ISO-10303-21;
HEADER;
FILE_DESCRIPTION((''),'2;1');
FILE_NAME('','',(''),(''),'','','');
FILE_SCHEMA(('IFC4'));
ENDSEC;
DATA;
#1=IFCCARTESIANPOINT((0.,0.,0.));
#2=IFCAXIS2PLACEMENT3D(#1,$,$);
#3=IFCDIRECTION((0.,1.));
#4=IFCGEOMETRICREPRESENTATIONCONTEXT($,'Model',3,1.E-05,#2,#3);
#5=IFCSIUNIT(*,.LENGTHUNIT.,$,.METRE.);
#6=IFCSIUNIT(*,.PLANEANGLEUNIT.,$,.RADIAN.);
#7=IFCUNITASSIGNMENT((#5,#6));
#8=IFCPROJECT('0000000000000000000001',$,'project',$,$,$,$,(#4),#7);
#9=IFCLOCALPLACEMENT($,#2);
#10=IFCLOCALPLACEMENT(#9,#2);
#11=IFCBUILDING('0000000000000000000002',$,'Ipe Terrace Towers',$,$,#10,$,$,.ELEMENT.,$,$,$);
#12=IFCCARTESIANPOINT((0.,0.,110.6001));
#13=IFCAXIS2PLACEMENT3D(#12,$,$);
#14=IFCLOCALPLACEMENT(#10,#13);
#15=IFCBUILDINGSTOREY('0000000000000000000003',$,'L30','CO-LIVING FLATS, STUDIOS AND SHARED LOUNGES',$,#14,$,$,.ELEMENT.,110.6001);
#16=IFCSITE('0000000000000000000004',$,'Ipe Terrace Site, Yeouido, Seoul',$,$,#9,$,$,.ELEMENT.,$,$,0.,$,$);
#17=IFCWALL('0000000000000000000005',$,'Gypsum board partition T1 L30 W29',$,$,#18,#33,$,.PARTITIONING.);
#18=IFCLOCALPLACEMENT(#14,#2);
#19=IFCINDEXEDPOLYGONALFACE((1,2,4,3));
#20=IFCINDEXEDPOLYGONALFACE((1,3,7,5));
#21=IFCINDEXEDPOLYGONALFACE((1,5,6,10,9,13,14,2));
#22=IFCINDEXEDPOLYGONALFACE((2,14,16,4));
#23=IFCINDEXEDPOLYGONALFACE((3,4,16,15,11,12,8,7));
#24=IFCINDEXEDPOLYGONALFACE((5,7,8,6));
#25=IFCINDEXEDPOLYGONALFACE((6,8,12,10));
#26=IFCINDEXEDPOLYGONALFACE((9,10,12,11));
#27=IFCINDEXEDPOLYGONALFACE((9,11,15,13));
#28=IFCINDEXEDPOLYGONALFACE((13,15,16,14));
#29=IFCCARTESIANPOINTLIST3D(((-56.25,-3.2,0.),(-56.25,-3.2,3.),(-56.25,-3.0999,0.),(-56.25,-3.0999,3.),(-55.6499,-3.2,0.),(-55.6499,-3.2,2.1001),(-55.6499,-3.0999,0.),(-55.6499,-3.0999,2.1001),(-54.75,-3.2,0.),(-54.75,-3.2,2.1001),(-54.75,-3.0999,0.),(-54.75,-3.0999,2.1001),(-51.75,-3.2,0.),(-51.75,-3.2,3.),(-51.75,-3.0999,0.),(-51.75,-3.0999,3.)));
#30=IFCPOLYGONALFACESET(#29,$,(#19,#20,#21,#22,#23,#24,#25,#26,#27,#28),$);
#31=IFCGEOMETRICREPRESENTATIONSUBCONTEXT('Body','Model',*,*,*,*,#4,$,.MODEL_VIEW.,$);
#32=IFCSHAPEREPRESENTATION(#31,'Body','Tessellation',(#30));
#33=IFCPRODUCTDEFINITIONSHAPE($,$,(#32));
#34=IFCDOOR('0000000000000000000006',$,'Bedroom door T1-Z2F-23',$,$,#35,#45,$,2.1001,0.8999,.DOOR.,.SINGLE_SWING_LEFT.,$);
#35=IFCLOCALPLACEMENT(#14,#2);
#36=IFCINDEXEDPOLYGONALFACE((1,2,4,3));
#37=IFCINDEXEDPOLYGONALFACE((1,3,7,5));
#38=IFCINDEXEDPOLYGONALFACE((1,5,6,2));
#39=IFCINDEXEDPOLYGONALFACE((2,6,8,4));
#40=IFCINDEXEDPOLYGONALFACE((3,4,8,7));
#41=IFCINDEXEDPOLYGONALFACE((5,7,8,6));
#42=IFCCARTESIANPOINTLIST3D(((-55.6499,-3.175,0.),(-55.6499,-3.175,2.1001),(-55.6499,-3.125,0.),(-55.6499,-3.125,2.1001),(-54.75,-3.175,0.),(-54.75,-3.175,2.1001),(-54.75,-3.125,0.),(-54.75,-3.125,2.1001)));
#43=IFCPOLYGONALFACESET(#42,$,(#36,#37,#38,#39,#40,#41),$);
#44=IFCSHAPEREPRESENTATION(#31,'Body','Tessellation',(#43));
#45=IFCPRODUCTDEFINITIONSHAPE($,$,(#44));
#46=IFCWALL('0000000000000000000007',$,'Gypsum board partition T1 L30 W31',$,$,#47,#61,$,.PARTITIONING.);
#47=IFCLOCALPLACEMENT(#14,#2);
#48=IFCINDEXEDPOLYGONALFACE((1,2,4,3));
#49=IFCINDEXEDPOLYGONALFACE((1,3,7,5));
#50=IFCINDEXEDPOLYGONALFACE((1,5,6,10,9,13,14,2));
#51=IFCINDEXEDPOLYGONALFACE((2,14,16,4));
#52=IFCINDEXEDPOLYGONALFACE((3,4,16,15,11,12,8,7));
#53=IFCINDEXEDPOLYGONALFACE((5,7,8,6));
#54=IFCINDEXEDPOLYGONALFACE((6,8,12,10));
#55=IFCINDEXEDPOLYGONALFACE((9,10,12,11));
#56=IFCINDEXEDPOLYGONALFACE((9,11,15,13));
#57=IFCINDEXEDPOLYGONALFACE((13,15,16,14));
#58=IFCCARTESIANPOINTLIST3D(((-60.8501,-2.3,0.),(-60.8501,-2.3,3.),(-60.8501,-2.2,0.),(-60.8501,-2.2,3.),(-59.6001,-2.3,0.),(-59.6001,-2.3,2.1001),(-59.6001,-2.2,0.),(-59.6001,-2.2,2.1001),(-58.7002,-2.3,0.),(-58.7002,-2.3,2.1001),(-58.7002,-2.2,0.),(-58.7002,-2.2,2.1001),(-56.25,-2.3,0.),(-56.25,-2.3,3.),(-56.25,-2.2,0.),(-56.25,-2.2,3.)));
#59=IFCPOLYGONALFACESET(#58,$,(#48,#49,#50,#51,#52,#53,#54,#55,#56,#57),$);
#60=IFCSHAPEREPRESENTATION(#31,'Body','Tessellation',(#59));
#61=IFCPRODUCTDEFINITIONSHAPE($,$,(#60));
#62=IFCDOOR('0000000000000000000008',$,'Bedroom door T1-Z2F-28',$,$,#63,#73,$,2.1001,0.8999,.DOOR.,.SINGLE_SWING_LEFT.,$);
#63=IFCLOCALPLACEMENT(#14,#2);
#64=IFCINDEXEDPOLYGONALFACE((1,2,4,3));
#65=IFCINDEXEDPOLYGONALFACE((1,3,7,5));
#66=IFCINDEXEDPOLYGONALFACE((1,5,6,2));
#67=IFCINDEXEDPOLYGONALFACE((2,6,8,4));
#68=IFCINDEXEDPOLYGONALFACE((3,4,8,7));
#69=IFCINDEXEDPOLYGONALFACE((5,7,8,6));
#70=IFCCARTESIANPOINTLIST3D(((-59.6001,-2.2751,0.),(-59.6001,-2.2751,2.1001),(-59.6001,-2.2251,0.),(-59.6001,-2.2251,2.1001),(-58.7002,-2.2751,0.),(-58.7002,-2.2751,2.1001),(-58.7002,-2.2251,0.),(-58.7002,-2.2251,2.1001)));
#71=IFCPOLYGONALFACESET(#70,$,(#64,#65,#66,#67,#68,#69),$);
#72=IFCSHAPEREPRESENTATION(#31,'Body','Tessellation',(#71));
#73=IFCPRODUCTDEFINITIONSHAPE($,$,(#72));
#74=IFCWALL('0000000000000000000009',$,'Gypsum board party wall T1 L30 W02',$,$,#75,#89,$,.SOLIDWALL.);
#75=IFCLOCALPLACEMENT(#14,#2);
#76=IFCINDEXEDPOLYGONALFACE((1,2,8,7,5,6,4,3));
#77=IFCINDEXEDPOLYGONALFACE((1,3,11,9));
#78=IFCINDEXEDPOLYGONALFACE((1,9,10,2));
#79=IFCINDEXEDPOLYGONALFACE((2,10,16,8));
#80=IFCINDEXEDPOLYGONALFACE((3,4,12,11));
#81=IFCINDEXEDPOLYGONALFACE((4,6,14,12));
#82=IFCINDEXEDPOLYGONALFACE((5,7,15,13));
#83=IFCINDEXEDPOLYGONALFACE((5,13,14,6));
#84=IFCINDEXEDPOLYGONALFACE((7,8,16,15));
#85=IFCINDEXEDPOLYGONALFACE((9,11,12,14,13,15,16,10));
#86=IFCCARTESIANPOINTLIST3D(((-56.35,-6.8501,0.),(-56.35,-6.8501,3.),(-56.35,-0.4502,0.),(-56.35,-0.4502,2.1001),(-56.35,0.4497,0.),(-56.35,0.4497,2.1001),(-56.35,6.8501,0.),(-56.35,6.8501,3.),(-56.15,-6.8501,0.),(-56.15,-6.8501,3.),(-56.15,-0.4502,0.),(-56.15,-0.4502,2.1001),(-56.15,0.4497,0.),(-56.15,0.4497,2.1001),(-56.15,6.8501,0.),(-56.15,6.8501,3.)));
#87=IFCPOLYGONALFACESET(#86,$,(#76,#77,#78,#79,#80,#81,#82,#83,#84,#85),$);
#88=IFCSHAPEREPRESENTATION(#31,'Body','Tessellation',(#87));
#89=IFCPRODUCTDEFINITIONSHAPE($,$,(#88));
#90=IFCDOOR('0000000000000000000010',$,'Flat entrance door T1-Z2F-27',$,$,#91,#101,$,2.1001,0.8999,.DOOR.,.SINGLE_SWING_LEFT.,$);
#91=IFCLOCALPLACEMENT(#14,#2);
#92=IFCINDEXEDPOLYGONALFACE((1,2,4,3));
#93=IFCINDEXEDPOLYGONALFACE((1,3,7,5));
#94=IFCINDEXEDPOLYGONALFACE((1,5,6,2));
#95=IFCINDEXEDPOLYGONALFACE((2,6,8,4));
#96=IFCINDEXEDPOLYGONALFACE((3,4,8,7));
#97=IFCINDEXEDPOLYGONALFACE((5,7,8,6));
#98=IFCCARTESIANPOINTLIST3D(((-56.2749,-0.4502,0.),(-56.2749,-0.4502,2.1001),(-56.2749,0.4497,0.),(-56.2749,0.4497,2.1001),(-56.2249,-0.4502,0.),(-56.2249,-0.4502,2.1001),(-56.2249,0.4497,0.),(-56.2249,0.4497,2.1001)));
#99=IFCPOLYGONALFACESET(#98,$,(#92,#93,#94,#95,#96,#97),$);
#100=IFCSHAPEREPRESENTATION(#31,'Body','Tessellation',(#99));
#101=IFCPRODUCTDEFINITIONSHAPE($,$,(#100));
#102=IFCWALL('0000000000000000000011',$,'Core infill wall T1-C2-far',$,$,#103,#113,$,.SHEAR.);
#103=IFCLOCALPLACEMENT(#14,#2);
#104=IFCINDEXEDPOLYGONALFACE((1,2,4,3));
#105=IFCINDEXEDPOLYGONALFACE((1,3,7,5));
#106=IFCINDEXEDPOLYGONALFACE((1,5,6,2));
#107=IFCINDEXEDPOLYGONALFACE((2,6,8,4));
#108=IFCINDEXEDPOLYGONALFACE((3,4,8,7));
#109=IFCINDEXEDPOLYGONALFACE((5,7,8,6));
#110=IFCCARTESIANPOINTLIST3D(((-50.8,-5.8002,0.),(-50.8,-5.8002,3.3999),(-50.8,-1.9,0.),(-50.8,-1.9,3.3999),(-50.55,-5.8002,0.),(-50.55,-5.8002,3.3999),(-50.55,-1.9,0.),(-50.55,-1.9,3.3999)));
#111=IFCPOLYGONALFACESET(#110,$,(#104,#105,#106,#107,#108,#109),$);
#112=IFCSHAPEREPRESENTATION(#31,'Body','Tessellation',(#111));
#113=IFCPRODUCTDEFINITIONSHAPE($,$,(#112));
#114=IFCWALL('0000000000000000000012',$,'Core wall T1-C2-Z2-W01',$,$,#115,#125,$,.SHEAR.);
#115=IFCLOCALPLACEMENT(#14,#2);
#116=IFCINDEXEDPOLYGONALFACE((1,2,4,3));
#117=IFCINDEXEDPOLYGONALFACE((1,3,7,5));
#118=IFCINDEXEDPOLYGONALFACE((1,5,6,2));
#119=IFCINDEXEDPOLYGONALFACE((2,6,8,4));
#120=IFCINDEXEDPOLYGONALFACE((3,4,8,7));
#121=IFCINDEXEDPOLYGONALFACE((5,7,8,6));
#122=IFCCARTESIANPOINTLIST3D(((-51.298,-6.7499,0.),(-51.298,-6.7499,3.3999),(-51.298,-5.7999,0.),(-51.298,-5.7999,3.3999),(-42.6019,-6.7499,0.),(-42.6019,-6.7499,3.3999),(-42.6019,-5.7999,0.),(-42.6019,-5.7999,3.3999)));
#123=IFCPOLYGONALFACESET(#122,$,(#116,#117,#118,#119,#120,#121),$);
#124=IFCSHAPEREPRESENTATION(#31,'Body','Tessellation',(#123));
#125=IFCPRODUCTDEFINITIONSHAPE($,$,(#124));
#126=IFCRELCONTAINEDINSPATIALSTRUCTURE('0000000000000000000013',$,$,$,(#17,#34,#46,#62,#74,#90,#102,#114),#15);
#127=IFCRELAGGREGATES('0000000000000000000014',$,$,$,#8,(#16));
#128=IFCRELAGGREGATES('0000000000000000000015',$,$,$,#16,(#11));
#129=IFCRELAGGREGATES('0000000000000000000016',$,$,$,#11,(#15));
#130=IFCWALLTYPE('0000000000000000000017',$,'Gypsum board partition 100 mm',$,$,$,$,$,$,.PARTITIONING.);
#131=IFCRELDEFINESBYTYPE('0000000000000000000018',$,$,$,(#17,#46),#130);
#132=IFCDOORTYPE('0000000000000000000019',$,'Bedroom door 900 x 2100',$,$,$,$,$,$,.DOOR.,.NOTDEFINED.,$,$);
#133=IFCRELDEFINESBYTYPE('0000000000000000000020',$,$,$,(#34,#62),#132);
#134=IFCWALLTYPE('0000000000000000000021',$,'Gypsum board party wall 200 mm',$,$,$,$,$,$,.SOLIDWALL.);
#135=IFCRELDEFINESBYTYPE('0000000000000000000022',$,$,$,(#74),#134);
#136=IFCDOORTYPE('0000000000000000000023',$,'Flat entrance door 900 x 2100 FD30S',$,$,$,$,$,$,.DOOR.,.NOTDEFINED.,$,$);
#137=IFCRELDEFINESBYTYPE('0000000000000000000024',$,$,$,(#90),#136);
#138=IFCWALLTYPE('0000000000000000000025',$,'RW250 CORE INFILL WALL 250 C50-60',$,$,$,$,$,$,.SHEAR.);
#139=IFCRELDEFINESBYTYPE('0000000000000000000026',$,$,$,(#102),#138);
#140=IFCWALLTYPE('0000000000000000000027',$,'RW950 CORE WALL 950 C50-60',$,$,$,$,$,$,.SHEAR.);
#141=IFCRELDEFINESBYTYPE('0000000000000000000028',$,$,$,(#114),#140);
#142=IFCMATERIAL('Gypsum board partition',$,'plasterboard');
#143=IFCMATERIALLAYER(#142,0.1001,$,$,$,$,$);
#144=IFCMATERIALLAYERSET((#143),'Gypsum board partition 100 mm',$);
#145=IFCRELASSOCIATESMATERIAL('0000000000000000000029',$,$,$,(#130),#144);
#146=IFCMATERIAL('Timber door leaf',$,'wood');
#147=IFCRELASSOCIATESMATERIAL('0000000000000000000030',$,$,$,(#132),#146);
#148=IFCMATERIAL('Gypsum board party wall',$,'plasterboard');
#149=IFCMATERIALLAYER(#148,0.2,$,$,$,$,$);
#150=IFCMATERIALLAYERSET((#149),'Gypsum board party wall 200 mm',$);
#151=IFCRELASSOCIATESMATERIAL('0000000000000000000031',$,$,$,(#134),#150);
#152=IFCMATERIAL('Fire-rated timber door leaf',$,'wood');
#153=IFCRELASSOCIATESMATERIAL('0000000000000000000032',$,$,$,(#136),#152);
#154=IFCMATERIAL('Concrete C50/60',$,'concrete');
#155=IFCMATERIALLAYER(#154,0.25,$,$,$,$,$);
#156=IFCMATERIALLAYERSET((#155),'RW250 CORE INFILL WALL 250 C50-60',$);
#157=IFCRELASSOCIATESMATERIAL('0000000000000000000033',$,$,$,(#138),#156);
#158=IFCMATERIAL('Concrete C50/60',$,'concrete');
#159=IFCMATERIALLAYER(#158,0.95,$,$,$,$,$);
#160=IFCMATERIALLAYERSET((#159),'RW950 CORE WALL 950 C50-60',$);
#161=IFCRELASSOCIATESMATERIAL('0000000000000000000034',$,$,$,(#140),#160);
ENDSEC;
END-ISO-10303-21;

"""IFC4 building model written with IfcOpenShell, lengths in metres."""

from ifc_helpers import new_model, si_unit, direction, frame, frame_2d, origin, place, context, subcontext, project, spatial, rectangle, extrude, material, layer, layer_set, type_object, element, fill, save


model = new_model("IFC4")

# Units and contexts
model_context = context("Model", 3, precision=1e-05, world=origin(), true_north=direction((0.0, 1.0)))
body_context = subcontext(model_context, "Body", "Model", "MODEL_VIEW")
ifc_project = project(units=[si_unit("LENGTHUNIT", "METRE"), si_unit("PLANEANGLEUNIT", "RADIAN")], contexts=[model_context])

# Site, building, storey
site_placement = place(None, origin())
site = spatial("IfcSite", under=ifc_project, at=site_placement, Name="Ipe Terrace Site, Yeouido, Seoul", CompositionType="ELEMENT", RefElevation=0.0)
building_placement = place(site_placement, origin())
building = spatial("IfcBuilding", under=site, at=building_placement, Name="Ipe Terrace Towers", CompositionType="ELEMENT")
storey_placement = place(building_placement, frame((0.0, 0.0, 110.6001)))
storey = spatial("IfcBuildingStorey", under=building, at=storey_placement, Name="L30", Description="CO-LIVING FLATS, STUDIOS AND SHARED LOUNGES", CompositionType="ELEMENT", Elevation=110.6001)

# Shared definitions
ifc_material_1 = material(Name="Gypsum board partition", Category="plasterboard")
ifc_layer_1 = layer(ifc_material_1, 0.1001)
ifc_layer_set_1 = layer_set([ifc_layer_1], Name="Gypsum board partition 100 mm")
wall_type_1 = type_object("IfcWallType", Name="Gypsum board partition 100 mm", PredefinedType="PARTITIONING", material=ifc_layer_set_1)

# Walls, openings, doors
wall_1_placement = place(storey_placement, frame((-56.25, -3.1499, 0.0), z_axis=(0.0, 0.0, 1.0), x_axis=(1.0, 0.0, 0.0)))
wall_1 = element("IfcWall", 1, at=wall_1_placement, inside=storey, type_object=wall_type_1, Name="Gypsum board partition T1 L30 W29", PredefinedType="PARTITIONING", context=body_context, shape_type="SweptSolid", body=[
    extrude(rectangle(XDim=4.5, YDim=0.1001, at=frame_2d((2.25, 0.0))), origin(), (0.0, 0.0, 1.0), 3.0),
])
opening_1_placement = place(wall_1_placement, frame((0.6001, 0.0, 0.0)))
opening_1 = element("IfcOpeningElement", 2, at=opening_1_placement, cuts=wall_1, PredefinedType="OPENING", context=body_context, shape_type="SweptSolid", body=[
    extrude(rectangle(XDim=0.8999, YDim=2.1001, at=frame_2d((0.45, 1.05))), frame((0.0, 0.0601, 0.0), z_axis=(0.0, -1.0, 0.0), x_axis=(1.0, 0.0, 0.0)), (0.0, 0.0, 1.0), 0.1201),
])
ifc_material_2 = material(Name="Timber door leaf", Category="wood")
door_type_1 = type_object("IfcDoorType", Name="Bedroom door 900 x 2100", OperationType="NOTDEFINED", PredefinedType="DOOR", material=ifc_material_2)
door_1_placement = place(opening_1_placement, origin())
door_1 = element("IfcDoor", 3, at=door_1_placement, inside=storey, type_object=door_type_1, Name="Bedroom door T1-Z2F-23", OperationType="SINGLE_SWING_LEFT", OverallHeight=2.1001, OverallWidth=0.8999, PredefinedType="DOOR", context=body_context, shape_type="SweptSolid", body=[
    extrude(rectangle(XDim=0.8999, YDim=2.1001, at=frame_2d((0.45, 1.05))), frame((0.0, 0.0249, 0.0), z_axis=(0.0, -1.0, 0.0), x_axis=(1.0, 0.0, 0.0)), (0.0, 0.0, 1.0), 0.05),
])
fill(opening_1, door_1)
wall_2_placement = place(storey_placement, frame((-60.8501, -2.25, 0.0), z_axis=(0.0, 0.0, 1.0), x_axis=(1.0, 0.0, 0.0)))
wall_2 = element("IfcWall", 4, at=wall_2_placement, inside=storey, type_object=wall_type_1, Name="Gypsum board partition T1 L30 W31", PredefinedType="PARTITIONING", context=body_context, shape_type="SweptSolid", body=[
    extrude(rectangle(XDim=4.6001, YDim=0.1001, at=frame_2d((2.3, 0.0))), origin(), (0.0, 0.0, 1.0), 3.0),
])
opening_2_placement = place(wall_2_placement, frame((1.25, 0.0, 0.0)))
opening_2 = element("IfcOpeningElement", 5, at=opening_2_placement, cuts=wall_2, PredefinedType="OPENING", context=body_context, shape_type="SweptSolid", body=[
    extrude(rectangle(XDim=0.8999, YDim=2.1001, at=frame_2d((0.45, 1.05))), frame((0.0, 0.0601, 0.0), z_axis=(0.0, -1.0, 0.0), x_axis=(1.0, 0.0, 0.0)), (0.0, 0.0, 1.0), 0.1201),
])
door_2_placement = place(opening_2_placement, origin())
door_2 = element("IfcDoor", 6, at=door_2_placement, inside=storey, type_object=door_type_1, Name="Bedroom door T1-Z2F-28", OperationType="SINGLE_SWING_LEFT", OverallHeight=2.1001, OverallWidth=0.8999, PredefinedType="DOOR", context=body_context, shape_type="SweptSolid", body=[
    extrude(rectangle(XDim=0.8999, YDim=2.1001, at=frame_2d((0.45, 1.05))), frame((0.0, 0.0249, 0.0), z_axis=(0.0, -1.0, 0.0), x_axis=(1.0, 0.0, 0.0)), (0.0, 0.0, 1.0), 0.05),
])
fill(opening_2, door_2)
ifc_material_3 = material(Name="Gypsum board party wall", Category="plasterboard")
ifc_layer_2 = layer(ifc_material_3, 0.2)
ifc_layer_set_2 = layer_set([ifc_layer_2], Name="Gypsum board party wall 200 mm")
wall_type_2 = type_object("IfcWallType", Name="Gypsum board party wall 200 mm", PredefinedType="SOLIDWALL", material=ifc_layer_set_2)
wall_3_placement = place(storey_placement, frame((-56.25, -6.8501, 0.0), z_axis=(0.0, 0.0, 1.0), x_axis=(0.0, 1.0, 0.0)))
wall_3 = element("IfcWall", 7, at=wall_3_placement, inside=storey, type_object=wall_type_2, Name="Gypsum board party wall T1 L30 W02", PredefinedType="SOLIDWALL", context=body_context, shape_type="SweptSolid", body=[
    extrude(rectangle(XDim=13.7002, YDim=0.2, at=frame_2d((6.8501, 0.0))), origin(), (0.0, 0.0, 1.0), 3.0),
])
opening_3_placement = place(wall_3_placement, frame((6.3999, 0.0, 0.0)))
opening_3 = element("IfcOpeningElement", 8, at=opening_3_placement, cuts=wall_3, PredefinedType="OPENING", context=body_context, shape_type="SweptSolid", body=[
    extrude(rectangle(XDim=0.8999, YDim=2.1001, at=frame_2d((0.45, 1.05))), frame((0.0, 0.1099, 0.0), z_axis=(0.0, -1.0, 0.0), x_axis=(1.0, 0.0, 0.0)), (0.0, 0.0, 1.0), 0.22),
])
ifc_material_4 = material(Name="Fire-rated timber door leaf", Category="wood")
door_type_2 = type_object("IfcDoorType", Name="Flat entrance door 900 x 2100 FD30S", OperationType="NOTDEFINED", PredefinedType="DOOR", material=ifc_material_4)
door_3_placement = place(opening_3_placement, origin())
door_3 = element("IfcDoor", 9, at=door_3_placement, inside=storey, type_object=door_type_2, Name="Flat entrance door T1-Z2F-27", OperationType="SINGLE_SWING_LEFT", OverallHeight=2.1001, OverallWidth=0.8999, PredefinedType="DOOR", context=body_context, shape_type="SweptSolid", body=[
    extrude(rectangle(XDim=0.8999, YDim=2.1001, at=frame_2d((0.45, 1.05))), frame((0.0, 0.0249, 0.0), z_axis=(0.0, -1.0, 0.0), x_axis=(1.0, 0.0, 0.0)), (0.0, 0.0, 1.0), 0.05),
])
fill(opening_3, door_3)

# Walls
ifc_material_5 = material(Name="Concrete C50/60", Category="concrete")
ifc_layer_3 = layer(ifc_material_5, 0.25)
ifc_layer_set_3 = layer_set([ifc_layer_3], Name="RW250 CORE INFILL WALL 250 C50-60")
wall_type_3 = type_object("IfcWallType", Name="RW250 CORE INFILL WALL 250 C50-60", PredefinedType="SHEAR", material=ifc_layer_set_3)
wall_4_placement = place(storey_placement, frame((-50.675, -1.8999, 0.0), z_axis=(0.0, 0.0, 1.0), x_axis=(0.0, -1.0, 0.0)))
element("IfcWall", 10, at=wall_4_placement, inside=storey, type_object=wall_type_3, Name="Core infill wall T1-C2-far", PredefinedType="SHEAR", context=body_context, shape_type="SweptSolid", body=[
    extrude(rectangle(XDim=3.9001, YDim=0.25, at=frame_2d((1.9502, 0.0))), origin(), (0.0, 0.0, 1.0), 3.3999),
])
ifc_material_6 = material(Name="Concrete C50/60", Category="concrete")
ifc_layer_4 = layer(ifc_material_6, 0.95)
ifc_layer_set_4 = layer_set([ifc_layer_4], Name="RW950 CORE WALL 950 C50-60")
wall_type_4 = type_object("IfcWallType", Name="RW950 CORE WALL 950 C50-60", PredefinedType="SHEAR", material=ifc_layer_set_4)
wall_5_placement = place(storey_placement, frame((-51.2981, -6.2749, 0.0), z_axis=(0.0, 0.0, 1.0), x_axis=(1.0, 0.0, 0.0)))
element("IfcWall", 11, at=wall_5_placement, inside=storey, type_object=wall_type_4, Name="Core wall T1-C2-Z2-W01", PredefinedType="SHEAR", context=body_context, shape_type="SweptSolid", body=[
    extrude(rectangle(XDim=8.696, YDim=0.95, at=frame_2d((4.3481, 0.0))), origin(), (0.0, 0.0, 1.0), 3.3999),
])

save(model, "model.ifc")
